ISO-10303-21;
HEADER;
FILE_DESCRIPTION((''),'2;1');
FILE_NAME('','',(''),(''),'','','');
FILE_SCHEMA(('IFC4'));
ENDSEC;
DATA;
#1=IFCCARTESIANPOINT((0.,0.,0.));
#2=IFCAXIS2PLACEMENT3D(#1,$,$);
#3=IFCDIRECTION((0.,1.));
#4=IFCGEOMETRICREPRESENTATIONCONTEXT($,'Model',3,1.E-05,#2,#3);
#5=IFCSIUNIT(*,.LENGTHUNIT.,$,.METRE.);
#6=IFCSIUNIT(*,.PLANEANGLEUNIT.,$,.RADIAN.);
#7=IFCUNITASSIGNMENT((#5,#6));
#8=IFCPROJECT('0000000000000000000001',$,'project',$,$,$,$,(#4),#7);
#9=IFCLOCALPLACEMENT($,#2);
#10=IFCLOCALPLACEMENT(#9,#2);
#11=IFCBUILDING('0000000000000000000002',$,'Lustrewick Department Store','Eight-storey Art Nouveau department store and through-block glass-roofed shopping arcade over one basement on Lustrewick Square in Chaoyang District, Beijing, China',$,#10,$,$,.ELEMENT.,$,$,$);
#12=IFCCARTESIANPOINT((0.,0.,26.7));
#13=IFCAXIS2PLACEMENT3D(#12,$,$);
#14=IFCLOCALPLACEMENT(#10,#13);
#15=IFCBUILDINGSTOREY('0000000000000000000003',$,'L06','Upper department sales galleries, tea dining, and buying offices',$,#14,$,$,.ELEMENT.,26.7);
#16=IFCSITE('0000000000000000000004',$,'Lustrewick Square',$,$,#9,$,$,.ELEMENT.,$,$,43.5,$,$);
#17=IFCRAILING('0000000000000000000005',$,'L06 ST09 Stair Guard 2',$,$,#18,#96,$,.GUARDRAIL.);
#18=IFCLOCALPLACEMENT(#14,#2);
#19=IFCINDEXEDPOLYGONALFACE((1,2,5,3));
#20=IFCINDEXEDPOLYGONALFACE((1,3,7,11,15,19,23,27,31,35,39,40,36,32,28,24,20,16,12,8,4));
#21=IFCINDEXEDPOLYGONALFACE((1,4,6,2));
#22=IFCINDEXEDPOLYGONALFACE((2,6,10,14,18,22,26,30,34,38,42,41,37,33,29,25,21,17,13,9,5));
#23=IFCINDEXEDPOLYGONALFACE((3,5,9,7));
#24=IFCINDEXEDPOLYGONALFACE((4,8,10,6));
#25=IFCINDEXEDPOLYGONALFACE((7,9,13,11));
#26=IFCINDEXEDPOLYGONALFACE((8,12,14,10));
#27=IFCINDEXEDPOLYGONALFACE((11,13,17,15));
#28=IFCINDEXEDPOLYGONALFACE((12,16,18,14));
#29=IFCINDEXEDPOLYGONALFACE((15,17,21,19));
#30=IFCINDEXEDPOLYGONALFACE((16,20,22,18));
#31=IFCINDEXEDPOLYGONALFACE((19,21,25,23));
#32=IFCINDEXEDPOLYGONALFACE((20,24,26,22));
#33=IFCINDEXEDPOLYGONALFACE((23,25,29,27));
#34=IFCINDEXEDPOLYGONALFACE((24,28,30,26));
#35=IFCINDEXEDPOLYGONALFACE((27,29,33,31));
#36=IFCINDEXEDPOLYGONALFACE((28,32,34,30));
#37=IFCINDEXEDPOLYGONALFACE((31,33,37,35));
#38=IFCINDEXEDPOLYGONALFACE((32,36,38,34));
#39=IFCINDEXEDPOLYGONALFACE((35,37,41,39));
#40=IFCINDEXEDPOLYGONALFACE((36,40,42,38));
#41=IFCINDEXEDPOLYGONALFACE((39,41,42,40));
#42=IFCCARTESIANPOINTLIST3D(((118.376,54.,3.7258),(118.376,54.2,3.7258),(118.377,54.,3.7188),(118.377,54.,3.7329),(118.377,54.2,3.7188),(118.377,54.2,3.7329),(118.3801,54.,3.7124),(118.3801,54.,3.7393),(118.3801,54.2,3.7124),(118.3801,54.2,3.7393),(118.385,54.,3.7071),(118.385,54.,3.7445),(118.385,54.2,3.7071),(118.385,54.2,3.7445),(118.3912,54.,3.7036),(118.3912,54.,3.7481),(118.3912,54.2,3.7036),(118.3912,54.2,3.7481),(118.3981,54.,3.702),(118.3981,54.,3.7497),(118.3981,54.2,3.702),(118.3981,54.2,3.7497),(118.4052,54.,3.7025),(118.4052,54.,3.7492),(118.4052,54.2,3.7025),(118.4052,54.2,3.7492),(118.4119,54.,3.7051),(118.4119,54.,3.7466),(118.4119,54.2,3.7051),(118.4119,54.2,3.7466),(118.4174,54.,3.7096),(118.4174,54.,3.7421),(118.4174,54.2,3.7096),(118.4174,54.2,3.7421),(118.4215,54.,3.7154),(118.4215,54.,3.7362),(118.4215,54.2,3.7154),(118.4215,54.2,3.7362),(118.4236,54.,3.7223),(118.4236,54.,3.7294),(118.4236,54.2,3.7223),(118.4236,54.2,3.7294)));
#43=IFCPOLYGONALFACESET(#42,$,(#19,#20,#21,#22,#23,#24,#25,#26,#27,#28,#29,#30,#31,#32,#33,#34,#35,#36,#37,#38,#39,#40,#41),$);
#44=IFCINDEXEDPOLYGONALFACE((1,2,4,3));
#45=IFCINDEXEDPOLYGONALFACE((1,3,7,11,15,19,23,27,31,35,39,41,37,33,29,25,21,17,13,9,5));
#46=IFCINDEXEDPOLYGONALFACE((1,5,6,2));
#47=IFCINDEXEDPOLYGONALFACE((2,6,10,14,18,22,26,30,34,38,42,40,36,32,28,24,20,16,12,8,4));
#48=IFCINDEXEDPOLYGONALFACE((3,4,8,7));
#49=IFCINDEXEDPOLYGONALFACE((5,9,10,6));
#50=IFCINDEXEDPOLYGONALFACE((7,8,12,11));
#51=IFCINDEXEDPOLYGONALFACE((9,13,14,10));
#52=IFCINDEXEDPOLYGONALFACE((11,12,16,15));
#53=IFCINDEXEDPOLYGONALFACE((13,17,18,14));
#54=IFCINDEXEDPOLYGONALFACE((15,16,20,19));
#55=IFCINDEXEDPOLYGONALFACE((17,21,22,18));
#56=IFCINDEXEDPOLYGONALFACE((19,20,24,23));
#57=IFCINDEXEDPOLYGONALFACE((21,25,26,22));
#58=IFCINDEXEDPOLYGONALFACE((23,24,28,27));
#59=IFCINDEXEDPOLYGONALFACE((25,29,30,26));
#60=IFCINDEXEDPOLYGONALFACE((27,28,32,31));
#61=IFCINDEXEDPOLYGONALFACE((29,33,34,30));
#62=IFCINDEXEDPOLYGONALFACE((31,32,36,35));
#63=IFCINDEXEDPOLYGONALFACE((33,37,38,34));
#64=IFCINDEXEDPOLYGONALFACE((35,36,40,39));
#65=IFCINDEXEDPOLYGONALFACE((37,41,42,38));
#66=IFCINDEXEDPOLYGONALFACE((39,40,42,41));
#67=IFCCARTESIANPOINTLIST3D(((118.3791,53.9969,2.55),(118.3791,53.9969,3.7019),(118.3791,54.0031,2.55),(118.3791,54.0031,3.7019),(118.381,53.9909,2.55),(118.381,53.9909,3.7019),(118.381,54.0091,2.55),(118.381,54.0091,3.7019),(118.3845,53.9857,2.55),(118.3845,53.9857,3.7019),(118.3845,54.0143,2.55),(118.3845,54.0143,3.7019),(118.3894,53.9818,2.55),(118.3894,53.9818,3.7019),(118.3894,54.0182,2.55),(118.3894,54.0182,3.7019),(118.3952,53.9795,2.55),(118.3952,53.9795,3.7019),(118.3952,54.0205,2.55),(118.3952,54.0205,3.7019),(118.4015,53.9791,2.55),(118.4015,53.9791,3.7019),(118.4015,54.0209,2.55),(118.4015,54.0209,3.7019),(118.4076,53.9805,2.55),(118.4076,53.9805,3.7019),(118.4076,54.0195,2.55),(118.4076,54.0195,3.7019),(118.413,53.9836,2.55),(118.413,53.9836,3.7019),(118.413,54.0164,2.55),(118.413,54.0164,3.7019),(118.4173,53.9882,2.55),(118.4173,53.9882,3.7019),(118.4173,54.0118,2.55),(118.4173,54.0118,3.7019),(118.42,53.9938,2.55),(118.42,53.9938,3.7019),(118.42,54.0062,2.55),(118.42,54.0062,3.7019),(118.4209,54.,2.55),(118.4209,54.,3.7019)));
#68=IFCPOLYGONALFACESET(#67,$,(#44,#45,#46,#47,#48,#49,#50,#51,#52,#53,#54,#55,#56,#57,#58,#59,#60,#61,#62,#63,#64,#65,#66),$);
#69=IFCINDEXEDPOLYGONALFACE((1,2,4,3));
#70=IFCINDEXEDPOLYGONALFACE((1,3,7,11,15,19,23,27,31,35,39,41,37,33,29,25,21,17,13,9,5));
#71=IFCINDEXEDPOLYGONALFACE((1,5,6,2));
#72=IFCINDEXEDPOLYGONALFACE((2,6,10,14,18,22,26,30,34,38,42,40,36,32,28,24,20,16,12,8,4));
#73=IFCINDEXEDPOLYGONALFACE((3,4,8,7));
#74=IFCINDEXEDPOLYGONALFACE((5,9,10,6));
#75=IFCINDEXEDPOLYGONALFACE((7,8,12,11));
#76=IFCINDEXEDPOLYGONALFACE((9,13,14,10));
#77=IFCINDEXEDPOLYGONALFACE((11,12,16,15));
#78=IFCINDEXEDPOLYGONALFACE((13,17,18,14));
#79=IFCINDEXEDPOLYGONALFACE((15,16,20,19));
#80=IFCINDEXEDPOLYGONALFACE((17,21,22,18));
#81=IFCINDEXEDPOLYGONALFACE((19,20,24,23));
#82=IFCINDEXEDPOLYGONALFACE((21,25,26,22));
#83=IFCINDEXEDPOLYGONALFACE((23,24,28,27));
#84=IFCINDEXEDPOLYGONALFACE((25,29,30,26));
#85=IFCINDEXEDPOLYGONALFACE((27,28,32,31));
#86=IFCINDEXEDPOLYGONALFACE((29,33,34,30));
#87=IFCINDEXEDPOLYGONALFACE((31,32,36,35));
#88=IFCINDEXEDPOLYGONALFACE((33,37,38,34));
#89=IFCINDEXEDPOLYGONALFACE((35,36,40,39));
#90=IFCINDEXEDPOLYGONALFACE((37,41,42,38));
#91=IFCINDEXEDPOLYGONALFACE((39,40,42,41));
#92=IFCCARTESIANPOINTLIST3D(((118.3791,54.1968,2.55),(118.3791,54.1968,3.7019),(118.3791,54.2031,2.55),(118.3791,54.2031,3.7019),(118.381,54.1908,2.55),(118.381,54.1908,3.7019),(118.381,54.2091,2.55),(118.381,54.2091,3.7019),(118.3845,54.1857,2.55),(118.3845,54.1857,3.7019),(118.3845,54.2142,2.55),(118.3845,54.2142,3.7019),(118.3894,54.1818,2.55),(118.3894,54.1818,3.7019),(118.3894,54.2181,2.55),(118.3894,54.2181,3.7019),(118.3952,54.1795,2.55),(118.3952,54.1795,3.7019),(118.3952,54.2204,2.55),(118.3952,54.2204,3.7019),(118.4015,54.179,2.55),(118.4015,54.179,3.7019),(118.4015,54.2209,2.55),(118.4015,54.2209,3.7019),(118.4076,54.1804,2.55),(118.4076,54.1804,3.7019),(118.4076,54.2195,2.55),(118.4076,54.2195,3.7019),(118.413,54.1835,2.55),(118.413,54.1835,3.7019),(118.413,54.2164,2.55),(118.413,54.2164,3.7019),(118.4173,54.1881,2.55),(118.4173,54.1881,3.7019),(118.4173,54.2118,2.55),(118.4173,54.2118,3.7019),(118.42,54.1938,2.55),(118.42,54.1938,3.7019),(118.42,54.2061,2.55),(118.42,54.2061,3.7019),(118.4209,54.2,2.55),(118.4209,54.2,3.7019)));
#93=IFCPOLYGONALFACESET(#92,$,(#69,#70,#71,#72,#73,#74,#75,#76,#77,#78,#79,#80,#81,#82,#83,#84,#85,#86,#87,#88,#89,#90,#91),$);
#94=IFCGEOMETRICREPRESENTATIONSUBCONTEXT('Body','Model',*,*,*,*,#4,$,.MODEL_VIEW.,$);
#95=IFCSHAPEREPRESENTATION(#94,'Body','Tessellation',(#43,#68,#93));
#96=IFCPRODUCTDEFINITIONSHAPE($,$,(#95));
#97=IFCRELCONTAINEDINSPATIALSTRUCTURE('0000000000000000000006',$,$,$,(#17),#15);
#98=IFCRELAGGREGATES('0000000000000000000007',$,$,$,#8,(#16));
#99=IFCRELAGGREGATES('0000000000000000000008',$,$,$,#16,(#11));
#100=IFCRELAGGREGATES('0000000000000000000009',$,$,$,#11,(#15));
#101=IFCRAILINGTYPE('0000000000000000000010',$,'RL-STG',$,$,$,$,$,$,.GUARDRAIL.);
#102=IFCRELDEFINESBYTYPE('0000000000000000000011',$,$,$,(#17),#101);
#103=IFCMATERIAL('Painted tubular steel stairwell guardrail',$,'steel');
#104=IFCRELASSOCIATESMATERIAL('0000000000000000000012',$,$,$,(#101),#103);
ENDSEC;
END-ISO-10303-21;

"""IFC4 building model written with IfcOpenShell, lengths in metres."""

from ifc_helpers import new_model, si_unit, direction, frame, origin, origin_2d, place, context, subcontext, project, spatial, circle, extrude, material, type_object, element, save


model = new_model("IFC4")

# Units and contexts
model_context = context("Model", 3, precision=1e-05, world=origin(), true_north=direction((0.0, 1.0)))
body_context = subcontext(model_context, "Body", "Model", "MODEL_VIEW")
ifc_project = project(units=[si_unit("LENGTHUNIT", "METRE"), si_unit("PLANEANGLEUNIT", "RADIAN")], contexts=[model_context])

# Site, building, storey
site_placement = place(None, origin())
site = spatial("IfcSite", under=ifc_project, at=site_placement, Name="Lustrewick Square", CompositionType="ELEMENT", RefElevation=43.5)
building_placement = place(site_placement, origin())
building = spatial("IfcBuilding", under=site, at=building_placement, Name="Lustrewick Department Store", Description="Eight-storey Art Nouveau department store and through-block glass-roofed shopping arcade over one basement on Lustrewick Square in Chaoyang District, Beijing, China", CompositionType="ELEMENT")
storey_placement = place(building_placement, frame((0.0, 0.0, 26.7)))
storey = spatial("IfcBuildingStorey", under=building, at=storey_placement, Name="L06", Description="Upper department sales galleries, tea dining, and buying offices", CompositionType="ELEMENT", Elevation=26.7)

# Railing
ifc_material_1 = material(Name="Painted tubular steel stairwell guardrail", Category="steel")
railing_type_1 = type_object("IfcRailingType", Name="RL-STG", PredefinedType="GUARDRAIL", material=ifc_material_1)
railing_1_placement = place(storey_placement, frame((118.3999, 54.0, 2.55)))
element("IfcRailing", 1, at=railing_1_placement, inside=storey, type_object=railing_type_1, Name="L06 ST09 Stair Guard 2", PredefinedType="GUARDRAIL", context=body_context, shape_type="SweptSolid", body=[
    extrude(circle(Radius=0.0239, at=origin_2d()), frame((0.0, 0.0, 1.1758), z_axis=(0.0, 1.0, 0.0), x_axis=(-1.0, 0.0, 0.0)), (0.0, 0.0, 1.0), 0.2),
    extrude(circle(Radius=0.021, at=origin_2d()), origin(), (0.0, 0.0, 1.0), 1.1519),
    extrude(circle(Radius=0.021, at=origin_2d()), frame((0.0, 0.2, 0.0)), (0.0, 0.0, 1.0), 1.1519),
])

save(model, "model.ifc")
